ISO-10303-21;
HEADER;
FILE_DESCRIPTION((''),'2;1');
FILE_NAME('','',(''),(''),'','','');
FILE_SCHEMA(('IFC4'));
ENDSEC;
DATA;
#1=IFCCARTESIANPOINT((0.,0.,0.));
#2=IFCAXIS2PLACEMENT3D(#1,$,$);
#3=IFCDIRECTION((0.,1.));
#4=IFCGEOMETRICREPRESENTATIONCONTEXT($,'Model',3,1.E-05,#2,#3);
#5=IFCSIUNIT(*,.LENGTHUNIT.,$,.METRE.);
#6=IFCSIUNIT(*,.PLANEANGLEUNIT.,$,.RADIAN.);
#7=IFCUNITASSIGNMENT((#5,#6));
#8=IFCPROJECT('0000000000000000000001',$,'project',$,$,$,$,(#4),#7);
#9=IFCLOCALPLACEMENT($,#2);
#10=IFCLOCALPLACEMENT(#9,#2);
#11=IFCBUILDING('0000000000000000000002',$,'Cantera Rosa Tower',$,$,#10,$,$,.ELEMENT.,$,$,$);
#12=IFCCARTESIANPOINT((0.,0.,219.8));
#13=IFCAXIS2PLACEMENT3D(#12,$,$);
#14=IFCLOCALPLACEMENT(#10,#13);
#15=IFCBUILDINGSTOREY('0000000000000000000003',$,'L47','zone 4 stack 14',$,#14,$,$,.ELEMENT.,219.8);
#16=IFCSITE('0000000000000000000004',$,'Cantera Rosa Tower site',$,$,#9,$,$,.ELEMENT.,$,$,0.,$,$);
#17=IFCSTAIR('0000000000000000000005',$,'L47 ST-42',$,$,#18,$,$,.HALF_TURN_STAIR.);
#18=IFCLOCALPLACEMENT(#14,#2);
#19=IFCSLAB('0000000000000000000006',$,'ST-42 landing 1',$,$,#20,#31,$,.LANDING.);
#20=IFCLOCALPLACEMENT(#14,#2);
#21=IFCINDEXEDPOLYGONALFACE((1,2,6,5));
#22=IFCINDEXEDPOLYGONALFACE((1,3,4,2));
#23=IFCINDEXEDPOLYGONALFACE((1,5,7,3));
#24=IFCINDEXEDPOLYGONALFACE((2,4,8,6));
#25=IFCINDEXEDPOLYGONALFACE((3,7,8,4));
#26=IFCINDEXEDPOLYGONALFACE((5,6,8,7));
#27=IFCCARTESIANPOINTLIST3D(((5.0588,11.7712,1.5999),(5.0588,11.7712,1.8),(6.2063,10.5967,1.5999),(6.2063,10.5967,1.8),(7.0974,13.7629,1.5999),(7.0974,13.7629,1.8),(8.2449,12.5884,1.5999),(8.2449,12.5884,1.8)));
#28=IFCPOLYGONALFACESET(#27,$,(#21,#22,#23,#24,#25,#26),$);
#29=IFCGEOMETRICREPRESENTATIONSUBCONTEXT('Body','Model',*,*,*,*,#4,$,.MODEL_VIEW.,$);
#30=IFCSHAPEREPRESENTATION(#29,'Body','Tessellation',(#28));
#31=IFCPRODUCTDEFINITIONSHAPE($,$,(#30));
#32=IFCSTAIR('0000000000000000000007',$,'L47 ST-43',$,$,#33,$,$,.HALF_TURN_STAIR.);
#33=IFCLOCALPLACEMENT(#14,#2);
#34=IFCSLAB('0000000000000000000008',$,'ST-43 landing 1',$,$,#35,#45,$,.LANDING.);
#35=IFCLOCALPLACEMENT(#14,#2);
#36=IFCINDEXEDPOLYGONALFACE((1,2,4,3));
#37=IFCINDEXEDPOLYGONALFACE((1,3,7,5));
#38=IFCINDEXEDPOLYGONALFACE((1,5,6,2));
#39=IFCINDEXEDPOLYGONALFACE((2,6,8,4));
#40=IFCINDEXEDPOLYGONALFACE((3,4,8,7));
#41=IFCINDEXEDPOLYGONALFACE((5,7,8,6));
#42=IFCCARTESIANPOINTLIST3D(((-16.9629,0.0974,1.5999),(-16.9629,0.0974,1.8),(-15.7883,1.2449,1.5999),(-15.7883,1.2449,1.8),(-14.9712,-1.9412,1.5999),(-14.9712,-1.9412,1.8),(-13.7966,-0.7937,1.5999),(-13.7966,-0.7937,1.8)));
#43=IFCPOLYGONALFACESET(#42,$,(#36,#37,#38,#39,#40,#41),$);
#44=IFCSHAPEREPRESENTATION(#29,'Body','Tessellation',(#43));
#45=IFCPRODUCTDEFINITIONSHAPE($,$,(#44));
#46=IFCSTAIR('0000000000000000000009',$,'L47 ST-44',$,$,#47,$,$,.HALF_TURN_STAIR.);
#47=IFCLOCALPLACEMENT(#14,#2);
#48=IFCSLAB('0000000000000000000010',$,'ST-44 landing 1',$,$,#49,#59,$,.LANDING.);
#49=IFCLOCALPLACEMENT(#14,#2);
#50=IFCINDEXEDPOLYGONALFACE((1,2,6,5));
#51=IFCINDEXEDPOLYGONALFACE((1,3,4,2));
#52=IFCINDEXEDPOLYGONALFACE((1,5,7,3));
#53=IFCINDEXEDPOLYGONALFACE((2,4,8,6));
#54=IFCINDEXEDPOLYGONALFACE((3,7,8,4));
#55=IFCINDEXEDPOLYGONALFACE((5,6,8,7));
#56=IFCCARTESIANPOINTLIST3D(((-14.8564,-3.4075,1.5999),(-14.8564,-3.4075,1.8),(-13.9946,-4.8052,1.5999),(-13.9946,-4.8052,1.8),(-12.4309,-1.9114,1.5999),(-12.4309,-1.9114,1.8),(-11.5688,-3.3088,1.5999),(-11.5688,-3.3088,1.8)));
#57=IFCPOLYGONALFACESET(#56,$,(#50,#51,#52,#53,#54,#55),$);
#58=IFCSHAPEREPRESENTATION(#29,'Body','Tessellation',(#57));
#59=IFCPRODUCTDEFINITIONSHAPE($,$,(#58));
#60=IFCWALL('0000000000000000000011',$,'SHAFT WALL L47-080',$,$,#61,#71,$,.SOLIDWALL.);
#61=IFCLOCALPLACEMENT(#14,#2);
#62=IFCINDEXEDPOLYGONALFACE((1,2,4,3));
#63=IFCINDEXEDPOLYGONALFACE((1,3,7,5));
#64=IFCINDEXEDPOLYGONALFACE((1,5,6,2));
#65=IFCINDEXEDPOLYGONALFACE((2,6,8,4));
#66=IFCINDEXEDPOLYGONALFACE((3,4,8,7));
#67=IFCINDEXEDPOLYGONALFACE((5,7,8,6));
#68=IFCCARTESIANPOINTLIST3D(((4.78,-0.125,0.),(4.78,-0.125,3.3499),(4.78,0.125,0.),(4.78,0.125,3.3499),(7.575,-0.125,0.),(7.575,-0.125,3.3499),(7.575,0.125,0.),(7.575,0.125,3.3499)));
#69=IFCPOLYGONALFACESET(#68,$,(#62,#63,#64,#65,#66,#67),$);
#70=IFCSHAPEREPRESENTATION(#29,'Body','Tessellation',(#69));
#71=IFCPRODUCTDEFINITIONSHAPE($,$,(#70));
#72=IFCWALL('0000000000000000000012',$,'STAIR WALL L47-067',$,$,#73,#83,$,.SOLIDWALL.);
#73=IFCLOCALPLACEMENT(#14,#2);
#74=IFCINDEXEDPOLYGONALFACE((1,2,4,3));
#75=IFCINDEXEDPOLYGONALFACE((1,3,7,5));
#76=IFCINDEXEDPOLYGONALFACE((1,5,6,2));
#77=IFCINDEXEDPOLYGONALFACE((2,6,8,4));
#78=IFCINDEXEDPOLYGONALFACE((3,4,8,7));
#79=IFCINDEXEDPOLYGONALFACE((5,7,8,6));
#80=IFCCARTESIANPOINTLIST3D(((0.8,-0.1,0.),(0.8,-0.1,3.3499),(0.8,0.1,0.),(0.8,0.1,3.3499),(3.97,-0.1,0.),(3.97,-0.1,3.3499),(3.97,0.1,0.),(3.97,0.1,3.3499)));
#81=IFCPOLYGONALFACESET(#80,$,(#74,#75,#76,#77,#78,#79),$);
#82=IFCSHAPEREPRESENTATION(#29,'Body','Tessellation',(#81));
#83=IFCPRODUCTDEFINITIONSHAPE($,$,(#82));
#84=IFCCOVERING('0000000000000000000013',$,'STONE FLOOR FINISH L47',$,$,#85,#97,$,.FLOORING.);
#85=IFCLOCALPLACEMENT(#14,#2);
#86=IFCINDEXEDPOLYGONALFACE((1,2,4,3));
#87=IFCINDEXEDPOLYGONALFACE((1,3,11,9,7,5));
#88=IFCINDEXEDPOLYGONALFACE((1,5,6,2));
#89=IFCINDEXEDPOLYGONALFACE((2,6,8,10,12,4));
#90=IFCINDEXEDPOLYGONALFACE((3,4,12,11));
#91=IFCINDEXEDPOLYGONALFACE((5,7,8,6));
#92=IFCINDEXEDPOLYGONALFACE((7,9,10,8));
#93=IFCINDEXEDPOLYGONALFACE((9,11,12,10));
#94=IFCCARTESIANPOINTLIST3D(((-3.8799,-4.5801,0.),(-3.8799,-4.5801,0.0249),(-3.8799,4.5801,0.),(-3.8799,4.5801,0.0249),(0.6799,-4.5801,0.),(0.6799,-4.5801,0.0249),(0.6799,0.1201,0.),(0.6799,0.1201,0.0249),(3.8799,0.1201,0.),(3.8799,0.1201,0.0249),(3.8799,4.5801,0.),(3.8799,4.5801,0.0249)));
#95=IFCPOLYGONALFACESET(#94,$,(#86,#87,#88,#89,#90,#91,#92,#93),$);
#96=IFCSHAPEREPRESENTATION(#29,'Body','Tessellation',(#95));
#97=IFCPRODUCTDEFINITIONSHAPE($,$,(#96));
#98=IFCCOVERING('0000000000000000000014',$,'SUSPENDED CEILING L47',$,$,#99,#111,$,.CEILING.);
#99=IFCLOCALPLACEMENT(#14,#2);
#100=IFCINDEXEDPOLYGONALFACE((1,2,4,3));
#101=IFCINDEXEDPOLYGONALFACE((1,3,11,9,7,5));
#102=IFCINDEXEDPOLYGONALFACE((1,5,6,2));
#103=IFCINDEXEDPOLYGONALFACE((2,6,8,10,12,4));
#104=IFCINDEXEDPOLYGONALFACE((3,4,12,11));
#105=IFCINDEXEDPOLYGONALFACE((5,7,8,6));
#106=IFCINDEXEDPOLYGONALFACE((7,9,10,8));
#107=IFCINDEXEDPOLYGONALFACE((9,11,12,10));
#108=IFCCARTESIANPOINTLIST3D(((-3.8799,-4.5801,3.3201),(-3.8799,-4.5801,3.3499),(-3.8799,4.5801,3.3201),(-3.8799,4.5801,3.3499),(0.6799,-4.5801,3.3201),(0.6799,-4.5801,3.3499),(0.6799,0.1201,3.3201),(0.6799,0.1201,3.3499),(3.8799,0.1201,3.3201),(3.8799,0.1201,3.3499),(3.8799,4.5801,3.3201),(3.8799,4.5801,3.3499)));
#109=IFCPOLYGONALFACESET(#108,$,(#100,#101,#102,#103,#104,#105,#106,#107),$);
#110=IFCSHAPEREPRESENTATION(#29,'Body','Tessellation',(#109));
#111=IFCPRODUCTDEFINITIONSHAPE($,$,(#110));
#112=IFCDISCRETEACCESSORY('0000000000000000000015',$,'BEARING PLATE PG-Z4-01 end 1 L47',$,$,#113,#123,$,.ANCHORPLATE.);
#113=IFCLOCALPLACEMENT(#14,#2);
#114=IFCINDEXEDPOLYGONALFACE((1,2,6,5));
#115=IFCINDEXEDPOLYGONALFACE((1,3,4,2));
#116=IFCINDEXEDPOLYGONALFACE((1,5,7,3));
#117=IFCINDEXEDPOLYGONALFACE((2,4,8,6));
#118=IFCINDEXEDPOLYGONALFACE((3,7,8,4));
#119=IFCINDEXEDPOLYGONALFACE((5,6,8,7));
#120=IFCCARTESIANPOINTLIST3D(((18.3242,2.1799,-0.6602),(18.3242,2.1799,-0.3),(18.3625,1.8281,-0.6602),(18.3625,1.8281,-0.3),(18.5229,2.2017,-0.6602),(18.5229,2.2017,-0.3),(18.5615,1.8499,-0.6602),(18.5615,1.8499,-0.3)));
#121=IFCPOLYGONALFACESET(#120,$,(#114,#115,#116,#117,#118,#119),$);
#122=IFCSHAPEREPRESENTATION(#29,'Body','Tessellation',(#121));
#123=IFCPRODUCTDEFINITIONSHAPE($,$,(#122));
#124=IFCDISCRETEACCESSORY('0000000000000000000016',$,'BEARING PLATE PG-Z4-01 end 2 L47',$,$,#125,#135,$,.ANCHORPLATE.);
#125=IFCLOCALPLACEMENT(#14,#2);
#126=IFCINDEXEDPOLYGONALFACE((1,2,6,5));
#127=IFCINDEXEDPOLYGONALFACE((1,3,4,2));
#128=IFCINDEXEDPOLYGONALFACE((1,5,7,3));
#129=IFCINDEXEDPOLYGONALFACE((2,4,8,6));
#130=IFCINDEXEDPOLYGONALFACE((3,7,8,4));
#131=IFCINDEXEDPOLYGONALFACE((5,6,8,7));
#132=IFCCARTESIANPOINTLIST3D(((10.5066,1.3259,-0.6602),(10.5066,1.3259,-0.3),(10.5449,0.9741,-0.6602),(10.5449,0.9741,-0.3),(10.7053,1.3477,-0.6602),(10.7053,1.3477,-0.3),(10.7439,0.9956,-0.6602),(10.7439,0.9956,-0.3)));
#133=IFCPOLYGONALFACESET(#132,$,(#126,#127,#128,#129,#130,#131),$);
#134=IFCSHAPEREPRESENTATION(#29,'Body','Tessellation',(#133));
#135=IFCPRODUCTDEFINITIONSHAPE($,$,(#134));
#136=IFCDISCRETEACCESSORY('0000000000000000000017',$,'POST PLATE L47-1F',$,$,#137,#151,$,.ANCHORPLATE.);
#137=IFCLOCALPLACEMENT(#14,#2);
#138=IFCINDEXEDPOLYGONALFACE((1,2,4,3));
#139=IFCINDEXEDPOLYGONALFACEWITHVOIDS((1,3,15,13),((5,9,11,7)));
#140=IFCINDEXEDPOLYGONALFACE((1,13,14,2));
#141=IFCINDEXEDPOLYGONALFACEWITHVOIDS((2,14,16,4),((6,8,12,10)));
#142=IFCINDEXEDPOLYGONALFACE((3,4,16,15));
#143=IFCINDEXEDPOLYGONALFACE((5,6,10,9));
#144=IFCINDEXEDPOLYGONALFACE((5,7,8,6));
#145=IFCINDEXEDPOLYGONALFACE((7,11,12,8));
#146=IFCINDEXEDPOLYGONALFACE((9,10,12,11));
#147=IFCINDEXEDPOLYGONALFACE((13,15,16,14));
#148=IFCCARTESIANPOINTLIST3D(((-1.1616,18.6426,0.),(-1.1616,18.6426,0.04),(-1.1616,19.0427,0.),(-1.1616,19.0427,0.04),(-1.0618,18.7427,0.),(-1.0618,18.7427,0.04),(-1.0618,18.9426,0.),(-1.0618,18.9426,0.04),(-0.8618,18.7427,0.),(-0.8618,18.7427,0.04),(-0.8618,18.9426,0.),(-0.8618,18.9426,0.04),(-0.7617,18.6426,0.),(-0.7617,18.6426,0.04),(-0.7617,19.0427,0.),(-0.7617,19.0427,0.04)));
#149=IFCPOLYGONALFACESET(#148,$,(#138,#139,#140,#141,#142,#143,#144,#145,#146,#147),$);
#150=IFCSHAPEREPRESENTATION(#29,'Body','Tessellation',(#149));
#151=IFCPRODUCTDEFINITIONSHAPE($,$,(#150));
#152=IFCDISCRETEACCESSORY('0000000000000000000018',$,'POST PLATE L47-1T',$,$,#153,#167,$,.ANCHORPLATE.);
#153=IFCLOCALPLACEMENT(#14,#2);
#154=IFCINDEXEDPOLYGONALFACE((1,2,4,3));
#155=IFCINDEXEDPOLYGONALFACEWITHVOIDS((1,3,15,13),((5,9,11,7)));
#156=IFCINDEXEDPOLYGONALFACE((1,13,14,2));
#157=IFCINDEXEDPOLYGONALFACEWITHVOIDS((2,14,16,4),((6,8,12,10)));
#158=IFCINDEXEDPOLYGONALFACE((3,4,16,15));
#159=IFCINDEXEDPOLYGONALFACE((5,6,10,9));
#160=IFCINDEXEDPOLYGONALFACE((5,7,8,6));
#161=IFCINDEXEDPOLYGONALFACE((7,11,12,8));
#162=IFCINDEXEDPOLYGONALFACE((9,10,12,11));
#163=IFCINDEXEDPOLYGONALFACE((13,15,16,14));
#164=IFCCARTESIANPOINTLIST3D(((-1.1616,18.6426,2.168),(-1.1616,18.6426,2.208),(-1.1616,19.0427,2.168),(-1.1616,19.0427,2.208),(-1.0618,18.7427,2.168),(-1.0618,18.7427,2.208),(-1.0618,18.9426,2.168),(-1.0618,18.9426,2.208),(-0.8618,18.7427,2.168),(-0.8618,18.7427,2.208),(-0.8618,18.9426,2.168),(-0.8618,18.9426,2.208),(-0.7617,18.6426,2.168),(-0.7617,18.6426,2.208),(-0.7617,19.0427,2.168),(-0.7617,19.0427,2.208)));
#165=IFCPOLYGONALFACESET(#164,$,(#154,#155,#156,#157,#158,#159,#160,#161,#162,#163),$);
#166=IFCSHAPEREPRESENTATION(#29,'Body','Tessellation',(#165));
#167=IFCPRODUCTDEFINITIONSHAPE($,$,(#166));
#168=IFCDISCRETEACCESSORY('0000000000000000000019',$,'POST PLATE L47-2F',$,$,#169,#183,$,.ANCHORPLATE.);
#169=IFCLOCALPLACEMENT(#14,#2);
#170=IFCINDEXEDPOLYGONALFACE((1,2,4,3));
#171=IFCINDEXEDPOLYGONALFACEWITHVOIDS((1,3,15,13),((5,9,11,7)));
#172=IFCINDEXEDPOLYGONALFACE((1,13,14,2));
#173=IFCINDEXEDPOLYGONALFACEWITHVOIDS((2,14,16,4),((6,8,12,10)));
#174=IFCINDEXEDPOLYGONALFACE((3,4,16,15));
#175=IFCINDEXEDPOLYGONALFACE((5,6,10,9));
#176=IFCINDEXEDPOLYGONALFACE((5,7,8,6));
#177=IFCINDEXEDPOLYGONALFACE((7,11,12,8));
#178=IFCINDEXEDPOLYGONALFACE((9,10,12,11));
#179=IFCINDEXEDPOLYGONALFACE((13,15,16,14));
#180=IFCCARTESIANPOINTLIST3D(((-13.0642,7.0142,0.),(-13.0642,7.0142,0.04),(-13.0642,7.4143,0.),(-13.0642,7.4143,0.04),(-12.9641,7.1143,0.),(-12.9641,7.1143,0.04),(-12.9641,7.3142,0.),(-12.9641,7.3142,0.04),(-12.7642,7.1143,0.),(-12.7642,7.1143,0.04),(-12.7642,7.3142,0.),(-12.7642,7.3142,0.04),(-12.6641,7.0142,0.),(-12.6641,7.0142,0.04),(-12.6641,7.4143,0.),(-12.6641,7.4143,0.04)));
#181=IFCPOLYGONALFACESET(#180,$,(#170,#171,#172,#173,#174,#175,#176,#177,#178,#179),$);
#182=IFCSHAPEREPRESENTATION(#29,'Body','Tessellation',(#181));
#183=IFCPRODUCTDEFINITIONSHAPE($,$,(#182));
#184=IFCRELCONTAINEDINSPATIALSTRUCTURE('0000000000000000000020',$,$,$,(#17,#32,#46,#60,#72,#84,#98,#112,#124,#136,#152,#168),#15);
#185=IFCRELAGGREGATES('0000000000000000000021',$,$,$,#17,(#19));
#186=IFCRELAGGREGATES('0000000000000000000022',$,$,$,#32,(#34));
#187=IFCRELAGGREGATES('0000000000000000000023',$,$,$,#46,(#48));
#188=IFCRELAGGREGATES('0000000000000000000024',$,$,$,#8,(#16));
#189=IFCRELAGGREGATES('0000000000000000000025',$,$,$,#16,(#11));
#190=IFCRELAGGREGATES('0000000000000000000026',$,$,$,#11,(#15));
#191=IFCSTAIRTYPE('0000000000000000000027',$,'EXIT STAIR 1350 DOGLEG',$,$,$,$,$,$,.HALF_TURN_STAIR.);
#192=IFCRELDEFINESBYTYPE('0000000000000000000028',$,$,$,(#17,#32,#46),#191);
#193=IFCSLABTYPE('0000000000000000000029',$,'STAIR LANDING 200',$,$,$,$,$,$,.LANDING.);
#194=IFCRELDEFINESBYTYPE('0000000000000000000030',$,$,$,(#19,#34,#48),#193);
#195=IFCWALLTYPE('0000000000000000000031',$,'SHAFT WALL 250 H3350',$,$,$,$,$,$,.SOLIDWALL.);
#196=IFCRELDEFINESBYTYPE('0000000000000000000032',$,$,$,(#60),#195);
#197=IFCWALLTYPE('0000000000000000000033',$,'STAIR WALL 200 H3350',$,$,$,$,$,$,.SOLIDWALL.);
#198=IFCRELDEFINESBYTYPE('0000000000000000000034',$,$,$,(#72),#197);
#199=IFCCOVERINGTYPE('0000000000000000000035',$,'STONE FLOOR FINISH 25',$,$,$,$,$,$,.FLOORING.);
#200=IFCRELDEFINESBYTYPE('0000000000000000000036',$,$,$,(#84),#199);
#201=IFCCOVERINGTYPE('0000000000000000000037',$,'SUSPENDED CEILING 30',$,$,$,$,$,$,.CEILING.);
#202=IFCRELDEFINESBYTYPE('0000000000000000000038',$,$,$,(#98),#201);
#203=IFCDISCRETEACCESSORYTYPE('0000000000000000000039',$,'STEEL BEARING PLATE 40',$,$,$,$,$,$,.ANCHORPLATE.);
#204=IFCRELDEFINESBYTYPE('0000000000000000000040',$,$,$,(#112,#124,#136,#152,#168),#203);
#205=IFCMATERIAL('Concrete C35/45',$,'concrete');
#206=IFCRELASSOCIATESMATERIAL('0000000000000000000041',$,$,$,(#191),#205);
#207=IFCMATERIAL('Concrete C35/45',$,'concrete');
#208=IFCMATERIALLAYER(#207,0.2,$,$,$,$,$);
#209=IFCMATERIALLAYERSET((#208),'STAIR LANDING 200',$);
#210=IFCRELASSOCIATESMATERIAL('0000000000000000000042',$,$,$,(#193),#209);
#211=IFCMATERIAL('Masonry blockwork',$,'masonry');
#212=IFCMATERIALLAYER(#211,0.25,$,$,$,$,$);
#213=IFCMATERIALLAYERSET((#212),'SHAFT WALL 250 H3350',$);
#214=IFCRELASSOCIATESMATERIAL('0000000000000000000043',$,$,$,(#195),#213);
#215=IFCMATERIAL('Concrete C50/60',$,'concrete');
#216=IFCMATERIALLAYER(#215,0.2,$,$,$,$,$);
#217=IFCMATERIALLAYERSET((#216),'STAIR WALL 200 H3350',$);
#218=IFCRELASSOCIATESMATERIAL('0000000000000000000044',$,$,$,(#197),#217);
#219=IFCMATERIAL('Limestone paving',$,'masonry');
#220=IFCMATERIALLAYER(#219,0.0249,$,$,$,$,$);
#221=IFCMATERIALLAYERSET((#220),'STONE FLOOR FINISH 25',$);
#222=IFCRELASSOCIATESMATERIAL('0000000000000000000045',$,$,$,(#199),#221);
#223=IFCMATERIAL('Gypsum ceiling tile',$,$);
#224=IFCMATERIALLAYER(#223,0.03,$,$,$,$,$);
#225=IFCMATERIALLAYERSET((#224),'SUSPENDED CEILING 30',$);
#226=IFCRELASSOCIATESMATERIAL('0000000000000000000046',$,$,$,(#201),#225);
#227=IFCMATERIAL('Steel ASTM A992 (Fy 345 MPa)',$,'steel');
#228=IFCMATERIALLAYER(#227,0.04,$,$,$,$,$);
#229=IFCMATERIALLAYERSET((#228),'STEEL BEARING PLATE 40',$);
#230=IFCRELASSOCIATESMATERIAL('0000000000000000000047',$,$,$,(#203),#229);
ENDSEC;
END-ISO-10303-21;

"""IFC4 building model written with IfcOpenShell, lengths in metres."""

from ifc_helpers import new_model, si_unit, direction, frame, frame_2d, origin, place, context, subcontext, project, spatial, polyline, rectangle, outline, extrude, material, layer, layer_set, type_object, element, aggregate, save


model = new_model("IFC4")

# Units and contexts
model_context = context("Model", 3, precision=1e-05, world=origin(), true_north=direction((0.0, 1.0)))
body_context = subcontext(model_context, "Body", "Model", "MODEL_VIEW")
ifc_project = project(units=[si_unit("LENGTHUNIT", "METRE"), si_unit("PLANEANGLEUNIT", "RADIAN")], contexts=[model_context])

# Site, building, storey
site_placement = place(None, origin())
site = spatial("IfcSite", under=ifc_project, at=site_placement, Name="Cantera Rosa Tower site", CompositionType="ELEMENT", RefElevation=0.0)
building_placement = place(site_placement, origin())
building = spatial("IfcBuilding", under=site, at=building_placement, Name="Cantera Rosa Tower", CompositionType="ELEMENT")
storey_placement = place(building_placement, frame((0.0, 0.0, 219.8)))
storey = spatial("IfcBuildingStorey", under=building, at=storey_placement, Name="L47", Description="zone 4 stack 14", CompositionType="ELEMENT", Elevation=219.8)

# Stairs, slabs
ifc_material_1 = material(Name="Concrete C35/45", Category="concrete")
stair_type = type_object("IfcStairType", Name="EXIT STAIR 1350 DOGLEG", PredefinedType="HALF_TURN_STAIR", material=ifc_material_1)
ifc_material_2 = material(Name="Concrete C35/45", Category="concrete")
ifc_layer_1 = layer(ifc_material_2, 0.2)
ifc_layer_set_1 = layer_set([ifc_layer_1], Name="STAIR LANDING 200")
slab_type_1 = type_object("IfcSlabType", Name="STAIR LANDING 200", PredefinedType="LANDING", material=ifc_layer_set_1)
stair_1_placement = place(storey_placement, origin())
stair_1 = element("IfcStair", 1, at=stair_1_placement, inside=storey, type_object=stair_type, Name="L47 ST-42", PredefinedType="HALF_TURN_STAIR")
slab_1_placement = place(storey_placement, frame((0.0, 0.0, 1.5999)))
slab_1 = element("IfcSlab", 2, at=slab_1_placement, type_object=slab_type_1, Name="ST-42 landing 1", PredefinedType="LANDING", context=body_context, shape_type="SweptSolid", body=[
    extrude(outline(polyline([(8.2449, 12.5884), (7.0974, 13.7629), (5.0588, 11.7712), (6.2063, 10.5967), (8.2449, 12.5884)])), origin(), (0.0, 0.0, 1.0), 0.2002),
])
aggregate(stair_1, [slab_1])
stair_2_placement = place(storey_placement, origin())
stair_2 = element("IfcStair", 3, at=stair_2_placement, inside=storey, type_object=stair_type, Name="L47 ST-43", PredefinedType="HALF_TURN_STAIR")
slab_2_placement = place(storey_placement, frame((0.0, 0.0, 1.5999)))
slab_2 = element("IfcSlab", 4, at=slab_2_placement, type_object=slab_type_1, Name="ST-43 landing 1", PredefinedType="LANDING", context=body_context, shape_type="SweptSolid", body=[
    extrude(outline(polyline([(-15.7883, 1.2449), (-16.9629, 0.0974), (-14.9712, -1.9412), (-13.7966, -0.7937), (-15.7883, 1.2449)])), origin(), (0.0, 0.0, 1.0), 0.2002),
])
aggregate(stair_2, [slab_2])
stair_3_placement = place(storey_placement, origin())
stair_3 = element("IfcStair", 5, at=stair_3_placement, inside=storey, type_object=stair_type, Name="L47 ST-44", PredefinedType="HALF_TURN_STAIR")
slab_3_placement = place(storey_placement, frame((0.0, 0.0, 1.5999)))
slab_3 = element("IfcSlab", 6, at=slab_3_placement, type_object=slab_type_1, Name="ST-44 landing 1", PredefinedType="LANDING", context=body_context, shape_type="SweptSolid", body=[
    extrude(outline(polyline([(-11.5688, -3.3088), (-12.4309, -1.9114), (-14.8564, -3.4075), (-13.9946, -4.8052), (-11.5688, -3.3088)])), origin(), (0.0, 0.0, 1.0), 0.2002),
])
aggregate(stair_3, [slab_3])

# Walls
ifc_material_3 = material(Name="Masonry blockwork", Category="masonry")
ifc_layer_2 = layer(ifc_material_3, 0.25)
ifc_layer_set_2 = layer_set([ifc_layer_2], Name="SHAFT WALL 250 H3350")
wall_type_1 = type_object("IfcWallType", Name="SHAFT WALL 250 H3350", PredefinedType="SOLIDWALL", material=ifc_layer_set_2)
wall_1_placement = place(storey_placement, frame((4.78, 0.0, 0.0), z_axis=(0.0, 0.0, 1.0), x_axis=(1.0, 0.0, 0.0)))
element("IfcWall", 7, at=wall_1_placement, inside=storey, type_object=wall_type_1, Name="SHAFT WALL L47-080", PredefinedType="SOLIDWALL", context=body_context, shape_type="SweptSolid", body=[
    extrude(rectangle(XDim=2.7949, YDim=0.25, at=frame_2d((1.3975, 0.0))), origin(), (0.0, 0.0, 1.0), 3.3499),
])
ifc_material_4 = material(Name="Concrete C50/60", Category="concrete")
ifc_layer_3 = layer(ifc_material_4, 0.2)
ifc_layer_set_3 = layer_set([ifc_layer_3], Name="STAIR WALL 200 H3350")
wall_type_2 = type_object("IfcWallType", Name="STAIR WALL 200 H3350", PredefinedType="SOLIDWALL", material=ifc_layer_set_3)
wall_2_placement = place(storey_placement, frame((0.8, 0.0, 0.0), z_axis=(0.0, 0.0, 1.0), x_axis=(1.0, 0.0, 0.0)))
element("IfcWall", 8, at=wall_2_placement, inside=storey, type_object=wall_type_2, Name="STAIR WALL L47-067", PredefinedType="SOLIDWALL", context=body_context, shape_type="SweptSolid", body=[
    extrude(rectangle(XDim=3.1699, YDim=0.2, at=frame_2d((1.585, 0.0))), origin(), (0.0, 0.0, 1.0), 3.3499),
])

# Coverings
ifc_material_5 = material(Name="Limestone paving", Category="masonry")
ifc_layer_4 = layer(ifc_material_5, 0.0249)
ifc_layer_set_4 = layer_set([ifc_layer_4], Name="STONE FLOOR FINISH 25")
covering_type_1 = type_object("IfcCoveringType", Name="STONE FLOOR FINISH 25", PredefinedType="FLOORING", material=ifc_layer_set_4)
covering_1_placement = place(storey_placement, origin())
element("IfcCovering", 9, at=covering_1_placement, inside=storey, type_object=covering_type_1, Name="STONE FLOOR FINISH L47", PredefinedType="FLOORING", context=body_context, shape_type="SweptSolid", body=[
    extrude(outline(polyline([(3.8799, 4.5801), (3.8799, 0.1201), (0.6799, 0.1201), (0.6799, -4.5801), (-3.8799, -4.5801), (-3.8799, 4.5801), (3.8799, 4.5801)])), origin(), (0.0, 0.0, 1.0), 0.0249),
])
ifc_material_6 = material(Name="Gypsum ceiling tile")
ifc_layer_5 = layer(ifc_material_6, 0.03)
ifc_layer_set_5 = layer_set([ifc_layer_5], Name="SUSPENDED CEILING 30")
covering_type_2 = type_object("IfcCoveringType", Name="SUSPENDED CEILING 30", PredefinedType="CEILING", material=ifc_layer_set_5)
covering_2_placement = place(storey_placement, frame((0.0, 0.0, 3.3201)))
element("IfcCovering", 10, at=covering_2_placement, inside=storey, type_object=covering_type_2, Name="SUSPENDED CEILING L47", PredefinedType="CEILING", context=body_context, shape_type="SweptSolid", body=[
    extrude(outline(polyline([(3.8799, 4.5801), (3.8799, 0.1201), (0.6799, 0.1201), (0.6799, -4.5801), (-3.8799, -4.5801), (-3.8799, 4.5801), (3.8799, 4.5801)])), origin(), (0.0, 0.0, 1.0), 0.0298),
])

# Discrete accessories
ifc_material_7 = material(Name="Steel ASTM A992 (Fy 345 MPa)", Category="steel")
ifc_layer_6 = layer(ifc_material_7, 0.04)
ifc_layer_set_6 = layer_set([ifc_layer_6], Name="STEEL BEARING PLATE 40")
discrete_accessory_type = type_object("IfcDiscreteAccessoryType", Name="STEEL BEARING PLATE 40", PredefinedType="ANCHORPLATE", material=ifc_layer_set_6)
discrete_accessory_1_placement = place(storey_placement, frame((0.0, 0.0, -0.6602)))
element("IfcDiscreteAccessory", 11, at=discrete_accessory_1_placement, inside=storey, type_object=discrete_accessory_type, Name="BEARING PLATE PG-Z4-01 end 1 L47", PredefinedType="ANCHORPLATE", context=body_context, shape_type="SweptSolid", body=[
    extrude(outline(polyline([(18.3625, 1.8281), (18.5615, 1.8499), (18.5229, 2.2017), (18.3242, 2.1799), (18.3625, 1.8281)])), origin(), (0.0, 0.0, 1.0), 0.3601),
])
discrete_accessory_2_placement = place(storey_placement, frame((0.0, 0.0, -0.6602)))
element("IfcDiscreteAccessory", 12, at=discrete_accessory_2_placement, inside=storey, type_object=discrete_accessory_type, Name="BEARING PLATE PG-Z4-01 end 2 L47", PredefinedType="ANCHORPLATE", context=body_context, shape_type="SweptSolid", body=[
    extrude(outline(polyline([(10.7053, 1.3477), (10.5066, 1.3259), (10.5449, 0.9741), (10.7439, 0.9956), (10.7053, 1.3477)])), origin(), (0.0, 0.0, 1.0), 0.3601),
])
for number, where, name in (
    (13, (0.0, 0.0, 0.0), "POST PLATE L47-1F"),
    (14, (0.0, 0.0, 2.168), "POST PLATE L47-1T"),
):
    element("IfcDiscreteAccessory", number, at=place(storey_placement, frame(where)), inside=storey, type_object=discrete_accessory_type, Name=name, PredefinedType="ANCHORPLATE", context=body_context, shape_type="SweptSolid", body=[
        extrude(outline(polyline([(-1.1616, 18.6426), (-0.7617, 18.6426), (-0.7617, 19.0427), (-1.1616, 19.0427), (-1.1616, 18.6426)]), holes=[polyline([(-1.0618, 18.7427), (-0.8618, 18.7427), (-0.8618, 18.9426), (-1.0618, 18.9426), (-1.0618, 18.7427)])]), origin(), (0.0, 0.0, 1.0), 0.04),
    ])
for number, where, name in (
    (15, (0.0, 0.0, 0.0), "POST PLATE L47-2F"),
):
    element("IfcDiscreteAccessory", number, at=place(storey_placement, frame(where)), inside=storey, type_object=discrete_accessory_type, Name=name, PredefinedType="ANCHORPLATE", context=body_context, shape_type="SweptSolid", body=[
        extrude(outline(polyline([(-13.0642, 7.0142), (-12.6641, 7.0142), (-12.6641, 7.4143), (-13.0642, 7.4143), (-13.0642, 7.0142)]), holes=[polyline([(-12.9641, 7.1143), (-12.7642, 7.1143), (-12.7642, 7.3142), (-12.9641, 7.3142), (-12.9641, 7.1143)])]), origin(), (0.0, 0.0, 1.0), 0.04),
    ])

save(model, "model.ifc")
